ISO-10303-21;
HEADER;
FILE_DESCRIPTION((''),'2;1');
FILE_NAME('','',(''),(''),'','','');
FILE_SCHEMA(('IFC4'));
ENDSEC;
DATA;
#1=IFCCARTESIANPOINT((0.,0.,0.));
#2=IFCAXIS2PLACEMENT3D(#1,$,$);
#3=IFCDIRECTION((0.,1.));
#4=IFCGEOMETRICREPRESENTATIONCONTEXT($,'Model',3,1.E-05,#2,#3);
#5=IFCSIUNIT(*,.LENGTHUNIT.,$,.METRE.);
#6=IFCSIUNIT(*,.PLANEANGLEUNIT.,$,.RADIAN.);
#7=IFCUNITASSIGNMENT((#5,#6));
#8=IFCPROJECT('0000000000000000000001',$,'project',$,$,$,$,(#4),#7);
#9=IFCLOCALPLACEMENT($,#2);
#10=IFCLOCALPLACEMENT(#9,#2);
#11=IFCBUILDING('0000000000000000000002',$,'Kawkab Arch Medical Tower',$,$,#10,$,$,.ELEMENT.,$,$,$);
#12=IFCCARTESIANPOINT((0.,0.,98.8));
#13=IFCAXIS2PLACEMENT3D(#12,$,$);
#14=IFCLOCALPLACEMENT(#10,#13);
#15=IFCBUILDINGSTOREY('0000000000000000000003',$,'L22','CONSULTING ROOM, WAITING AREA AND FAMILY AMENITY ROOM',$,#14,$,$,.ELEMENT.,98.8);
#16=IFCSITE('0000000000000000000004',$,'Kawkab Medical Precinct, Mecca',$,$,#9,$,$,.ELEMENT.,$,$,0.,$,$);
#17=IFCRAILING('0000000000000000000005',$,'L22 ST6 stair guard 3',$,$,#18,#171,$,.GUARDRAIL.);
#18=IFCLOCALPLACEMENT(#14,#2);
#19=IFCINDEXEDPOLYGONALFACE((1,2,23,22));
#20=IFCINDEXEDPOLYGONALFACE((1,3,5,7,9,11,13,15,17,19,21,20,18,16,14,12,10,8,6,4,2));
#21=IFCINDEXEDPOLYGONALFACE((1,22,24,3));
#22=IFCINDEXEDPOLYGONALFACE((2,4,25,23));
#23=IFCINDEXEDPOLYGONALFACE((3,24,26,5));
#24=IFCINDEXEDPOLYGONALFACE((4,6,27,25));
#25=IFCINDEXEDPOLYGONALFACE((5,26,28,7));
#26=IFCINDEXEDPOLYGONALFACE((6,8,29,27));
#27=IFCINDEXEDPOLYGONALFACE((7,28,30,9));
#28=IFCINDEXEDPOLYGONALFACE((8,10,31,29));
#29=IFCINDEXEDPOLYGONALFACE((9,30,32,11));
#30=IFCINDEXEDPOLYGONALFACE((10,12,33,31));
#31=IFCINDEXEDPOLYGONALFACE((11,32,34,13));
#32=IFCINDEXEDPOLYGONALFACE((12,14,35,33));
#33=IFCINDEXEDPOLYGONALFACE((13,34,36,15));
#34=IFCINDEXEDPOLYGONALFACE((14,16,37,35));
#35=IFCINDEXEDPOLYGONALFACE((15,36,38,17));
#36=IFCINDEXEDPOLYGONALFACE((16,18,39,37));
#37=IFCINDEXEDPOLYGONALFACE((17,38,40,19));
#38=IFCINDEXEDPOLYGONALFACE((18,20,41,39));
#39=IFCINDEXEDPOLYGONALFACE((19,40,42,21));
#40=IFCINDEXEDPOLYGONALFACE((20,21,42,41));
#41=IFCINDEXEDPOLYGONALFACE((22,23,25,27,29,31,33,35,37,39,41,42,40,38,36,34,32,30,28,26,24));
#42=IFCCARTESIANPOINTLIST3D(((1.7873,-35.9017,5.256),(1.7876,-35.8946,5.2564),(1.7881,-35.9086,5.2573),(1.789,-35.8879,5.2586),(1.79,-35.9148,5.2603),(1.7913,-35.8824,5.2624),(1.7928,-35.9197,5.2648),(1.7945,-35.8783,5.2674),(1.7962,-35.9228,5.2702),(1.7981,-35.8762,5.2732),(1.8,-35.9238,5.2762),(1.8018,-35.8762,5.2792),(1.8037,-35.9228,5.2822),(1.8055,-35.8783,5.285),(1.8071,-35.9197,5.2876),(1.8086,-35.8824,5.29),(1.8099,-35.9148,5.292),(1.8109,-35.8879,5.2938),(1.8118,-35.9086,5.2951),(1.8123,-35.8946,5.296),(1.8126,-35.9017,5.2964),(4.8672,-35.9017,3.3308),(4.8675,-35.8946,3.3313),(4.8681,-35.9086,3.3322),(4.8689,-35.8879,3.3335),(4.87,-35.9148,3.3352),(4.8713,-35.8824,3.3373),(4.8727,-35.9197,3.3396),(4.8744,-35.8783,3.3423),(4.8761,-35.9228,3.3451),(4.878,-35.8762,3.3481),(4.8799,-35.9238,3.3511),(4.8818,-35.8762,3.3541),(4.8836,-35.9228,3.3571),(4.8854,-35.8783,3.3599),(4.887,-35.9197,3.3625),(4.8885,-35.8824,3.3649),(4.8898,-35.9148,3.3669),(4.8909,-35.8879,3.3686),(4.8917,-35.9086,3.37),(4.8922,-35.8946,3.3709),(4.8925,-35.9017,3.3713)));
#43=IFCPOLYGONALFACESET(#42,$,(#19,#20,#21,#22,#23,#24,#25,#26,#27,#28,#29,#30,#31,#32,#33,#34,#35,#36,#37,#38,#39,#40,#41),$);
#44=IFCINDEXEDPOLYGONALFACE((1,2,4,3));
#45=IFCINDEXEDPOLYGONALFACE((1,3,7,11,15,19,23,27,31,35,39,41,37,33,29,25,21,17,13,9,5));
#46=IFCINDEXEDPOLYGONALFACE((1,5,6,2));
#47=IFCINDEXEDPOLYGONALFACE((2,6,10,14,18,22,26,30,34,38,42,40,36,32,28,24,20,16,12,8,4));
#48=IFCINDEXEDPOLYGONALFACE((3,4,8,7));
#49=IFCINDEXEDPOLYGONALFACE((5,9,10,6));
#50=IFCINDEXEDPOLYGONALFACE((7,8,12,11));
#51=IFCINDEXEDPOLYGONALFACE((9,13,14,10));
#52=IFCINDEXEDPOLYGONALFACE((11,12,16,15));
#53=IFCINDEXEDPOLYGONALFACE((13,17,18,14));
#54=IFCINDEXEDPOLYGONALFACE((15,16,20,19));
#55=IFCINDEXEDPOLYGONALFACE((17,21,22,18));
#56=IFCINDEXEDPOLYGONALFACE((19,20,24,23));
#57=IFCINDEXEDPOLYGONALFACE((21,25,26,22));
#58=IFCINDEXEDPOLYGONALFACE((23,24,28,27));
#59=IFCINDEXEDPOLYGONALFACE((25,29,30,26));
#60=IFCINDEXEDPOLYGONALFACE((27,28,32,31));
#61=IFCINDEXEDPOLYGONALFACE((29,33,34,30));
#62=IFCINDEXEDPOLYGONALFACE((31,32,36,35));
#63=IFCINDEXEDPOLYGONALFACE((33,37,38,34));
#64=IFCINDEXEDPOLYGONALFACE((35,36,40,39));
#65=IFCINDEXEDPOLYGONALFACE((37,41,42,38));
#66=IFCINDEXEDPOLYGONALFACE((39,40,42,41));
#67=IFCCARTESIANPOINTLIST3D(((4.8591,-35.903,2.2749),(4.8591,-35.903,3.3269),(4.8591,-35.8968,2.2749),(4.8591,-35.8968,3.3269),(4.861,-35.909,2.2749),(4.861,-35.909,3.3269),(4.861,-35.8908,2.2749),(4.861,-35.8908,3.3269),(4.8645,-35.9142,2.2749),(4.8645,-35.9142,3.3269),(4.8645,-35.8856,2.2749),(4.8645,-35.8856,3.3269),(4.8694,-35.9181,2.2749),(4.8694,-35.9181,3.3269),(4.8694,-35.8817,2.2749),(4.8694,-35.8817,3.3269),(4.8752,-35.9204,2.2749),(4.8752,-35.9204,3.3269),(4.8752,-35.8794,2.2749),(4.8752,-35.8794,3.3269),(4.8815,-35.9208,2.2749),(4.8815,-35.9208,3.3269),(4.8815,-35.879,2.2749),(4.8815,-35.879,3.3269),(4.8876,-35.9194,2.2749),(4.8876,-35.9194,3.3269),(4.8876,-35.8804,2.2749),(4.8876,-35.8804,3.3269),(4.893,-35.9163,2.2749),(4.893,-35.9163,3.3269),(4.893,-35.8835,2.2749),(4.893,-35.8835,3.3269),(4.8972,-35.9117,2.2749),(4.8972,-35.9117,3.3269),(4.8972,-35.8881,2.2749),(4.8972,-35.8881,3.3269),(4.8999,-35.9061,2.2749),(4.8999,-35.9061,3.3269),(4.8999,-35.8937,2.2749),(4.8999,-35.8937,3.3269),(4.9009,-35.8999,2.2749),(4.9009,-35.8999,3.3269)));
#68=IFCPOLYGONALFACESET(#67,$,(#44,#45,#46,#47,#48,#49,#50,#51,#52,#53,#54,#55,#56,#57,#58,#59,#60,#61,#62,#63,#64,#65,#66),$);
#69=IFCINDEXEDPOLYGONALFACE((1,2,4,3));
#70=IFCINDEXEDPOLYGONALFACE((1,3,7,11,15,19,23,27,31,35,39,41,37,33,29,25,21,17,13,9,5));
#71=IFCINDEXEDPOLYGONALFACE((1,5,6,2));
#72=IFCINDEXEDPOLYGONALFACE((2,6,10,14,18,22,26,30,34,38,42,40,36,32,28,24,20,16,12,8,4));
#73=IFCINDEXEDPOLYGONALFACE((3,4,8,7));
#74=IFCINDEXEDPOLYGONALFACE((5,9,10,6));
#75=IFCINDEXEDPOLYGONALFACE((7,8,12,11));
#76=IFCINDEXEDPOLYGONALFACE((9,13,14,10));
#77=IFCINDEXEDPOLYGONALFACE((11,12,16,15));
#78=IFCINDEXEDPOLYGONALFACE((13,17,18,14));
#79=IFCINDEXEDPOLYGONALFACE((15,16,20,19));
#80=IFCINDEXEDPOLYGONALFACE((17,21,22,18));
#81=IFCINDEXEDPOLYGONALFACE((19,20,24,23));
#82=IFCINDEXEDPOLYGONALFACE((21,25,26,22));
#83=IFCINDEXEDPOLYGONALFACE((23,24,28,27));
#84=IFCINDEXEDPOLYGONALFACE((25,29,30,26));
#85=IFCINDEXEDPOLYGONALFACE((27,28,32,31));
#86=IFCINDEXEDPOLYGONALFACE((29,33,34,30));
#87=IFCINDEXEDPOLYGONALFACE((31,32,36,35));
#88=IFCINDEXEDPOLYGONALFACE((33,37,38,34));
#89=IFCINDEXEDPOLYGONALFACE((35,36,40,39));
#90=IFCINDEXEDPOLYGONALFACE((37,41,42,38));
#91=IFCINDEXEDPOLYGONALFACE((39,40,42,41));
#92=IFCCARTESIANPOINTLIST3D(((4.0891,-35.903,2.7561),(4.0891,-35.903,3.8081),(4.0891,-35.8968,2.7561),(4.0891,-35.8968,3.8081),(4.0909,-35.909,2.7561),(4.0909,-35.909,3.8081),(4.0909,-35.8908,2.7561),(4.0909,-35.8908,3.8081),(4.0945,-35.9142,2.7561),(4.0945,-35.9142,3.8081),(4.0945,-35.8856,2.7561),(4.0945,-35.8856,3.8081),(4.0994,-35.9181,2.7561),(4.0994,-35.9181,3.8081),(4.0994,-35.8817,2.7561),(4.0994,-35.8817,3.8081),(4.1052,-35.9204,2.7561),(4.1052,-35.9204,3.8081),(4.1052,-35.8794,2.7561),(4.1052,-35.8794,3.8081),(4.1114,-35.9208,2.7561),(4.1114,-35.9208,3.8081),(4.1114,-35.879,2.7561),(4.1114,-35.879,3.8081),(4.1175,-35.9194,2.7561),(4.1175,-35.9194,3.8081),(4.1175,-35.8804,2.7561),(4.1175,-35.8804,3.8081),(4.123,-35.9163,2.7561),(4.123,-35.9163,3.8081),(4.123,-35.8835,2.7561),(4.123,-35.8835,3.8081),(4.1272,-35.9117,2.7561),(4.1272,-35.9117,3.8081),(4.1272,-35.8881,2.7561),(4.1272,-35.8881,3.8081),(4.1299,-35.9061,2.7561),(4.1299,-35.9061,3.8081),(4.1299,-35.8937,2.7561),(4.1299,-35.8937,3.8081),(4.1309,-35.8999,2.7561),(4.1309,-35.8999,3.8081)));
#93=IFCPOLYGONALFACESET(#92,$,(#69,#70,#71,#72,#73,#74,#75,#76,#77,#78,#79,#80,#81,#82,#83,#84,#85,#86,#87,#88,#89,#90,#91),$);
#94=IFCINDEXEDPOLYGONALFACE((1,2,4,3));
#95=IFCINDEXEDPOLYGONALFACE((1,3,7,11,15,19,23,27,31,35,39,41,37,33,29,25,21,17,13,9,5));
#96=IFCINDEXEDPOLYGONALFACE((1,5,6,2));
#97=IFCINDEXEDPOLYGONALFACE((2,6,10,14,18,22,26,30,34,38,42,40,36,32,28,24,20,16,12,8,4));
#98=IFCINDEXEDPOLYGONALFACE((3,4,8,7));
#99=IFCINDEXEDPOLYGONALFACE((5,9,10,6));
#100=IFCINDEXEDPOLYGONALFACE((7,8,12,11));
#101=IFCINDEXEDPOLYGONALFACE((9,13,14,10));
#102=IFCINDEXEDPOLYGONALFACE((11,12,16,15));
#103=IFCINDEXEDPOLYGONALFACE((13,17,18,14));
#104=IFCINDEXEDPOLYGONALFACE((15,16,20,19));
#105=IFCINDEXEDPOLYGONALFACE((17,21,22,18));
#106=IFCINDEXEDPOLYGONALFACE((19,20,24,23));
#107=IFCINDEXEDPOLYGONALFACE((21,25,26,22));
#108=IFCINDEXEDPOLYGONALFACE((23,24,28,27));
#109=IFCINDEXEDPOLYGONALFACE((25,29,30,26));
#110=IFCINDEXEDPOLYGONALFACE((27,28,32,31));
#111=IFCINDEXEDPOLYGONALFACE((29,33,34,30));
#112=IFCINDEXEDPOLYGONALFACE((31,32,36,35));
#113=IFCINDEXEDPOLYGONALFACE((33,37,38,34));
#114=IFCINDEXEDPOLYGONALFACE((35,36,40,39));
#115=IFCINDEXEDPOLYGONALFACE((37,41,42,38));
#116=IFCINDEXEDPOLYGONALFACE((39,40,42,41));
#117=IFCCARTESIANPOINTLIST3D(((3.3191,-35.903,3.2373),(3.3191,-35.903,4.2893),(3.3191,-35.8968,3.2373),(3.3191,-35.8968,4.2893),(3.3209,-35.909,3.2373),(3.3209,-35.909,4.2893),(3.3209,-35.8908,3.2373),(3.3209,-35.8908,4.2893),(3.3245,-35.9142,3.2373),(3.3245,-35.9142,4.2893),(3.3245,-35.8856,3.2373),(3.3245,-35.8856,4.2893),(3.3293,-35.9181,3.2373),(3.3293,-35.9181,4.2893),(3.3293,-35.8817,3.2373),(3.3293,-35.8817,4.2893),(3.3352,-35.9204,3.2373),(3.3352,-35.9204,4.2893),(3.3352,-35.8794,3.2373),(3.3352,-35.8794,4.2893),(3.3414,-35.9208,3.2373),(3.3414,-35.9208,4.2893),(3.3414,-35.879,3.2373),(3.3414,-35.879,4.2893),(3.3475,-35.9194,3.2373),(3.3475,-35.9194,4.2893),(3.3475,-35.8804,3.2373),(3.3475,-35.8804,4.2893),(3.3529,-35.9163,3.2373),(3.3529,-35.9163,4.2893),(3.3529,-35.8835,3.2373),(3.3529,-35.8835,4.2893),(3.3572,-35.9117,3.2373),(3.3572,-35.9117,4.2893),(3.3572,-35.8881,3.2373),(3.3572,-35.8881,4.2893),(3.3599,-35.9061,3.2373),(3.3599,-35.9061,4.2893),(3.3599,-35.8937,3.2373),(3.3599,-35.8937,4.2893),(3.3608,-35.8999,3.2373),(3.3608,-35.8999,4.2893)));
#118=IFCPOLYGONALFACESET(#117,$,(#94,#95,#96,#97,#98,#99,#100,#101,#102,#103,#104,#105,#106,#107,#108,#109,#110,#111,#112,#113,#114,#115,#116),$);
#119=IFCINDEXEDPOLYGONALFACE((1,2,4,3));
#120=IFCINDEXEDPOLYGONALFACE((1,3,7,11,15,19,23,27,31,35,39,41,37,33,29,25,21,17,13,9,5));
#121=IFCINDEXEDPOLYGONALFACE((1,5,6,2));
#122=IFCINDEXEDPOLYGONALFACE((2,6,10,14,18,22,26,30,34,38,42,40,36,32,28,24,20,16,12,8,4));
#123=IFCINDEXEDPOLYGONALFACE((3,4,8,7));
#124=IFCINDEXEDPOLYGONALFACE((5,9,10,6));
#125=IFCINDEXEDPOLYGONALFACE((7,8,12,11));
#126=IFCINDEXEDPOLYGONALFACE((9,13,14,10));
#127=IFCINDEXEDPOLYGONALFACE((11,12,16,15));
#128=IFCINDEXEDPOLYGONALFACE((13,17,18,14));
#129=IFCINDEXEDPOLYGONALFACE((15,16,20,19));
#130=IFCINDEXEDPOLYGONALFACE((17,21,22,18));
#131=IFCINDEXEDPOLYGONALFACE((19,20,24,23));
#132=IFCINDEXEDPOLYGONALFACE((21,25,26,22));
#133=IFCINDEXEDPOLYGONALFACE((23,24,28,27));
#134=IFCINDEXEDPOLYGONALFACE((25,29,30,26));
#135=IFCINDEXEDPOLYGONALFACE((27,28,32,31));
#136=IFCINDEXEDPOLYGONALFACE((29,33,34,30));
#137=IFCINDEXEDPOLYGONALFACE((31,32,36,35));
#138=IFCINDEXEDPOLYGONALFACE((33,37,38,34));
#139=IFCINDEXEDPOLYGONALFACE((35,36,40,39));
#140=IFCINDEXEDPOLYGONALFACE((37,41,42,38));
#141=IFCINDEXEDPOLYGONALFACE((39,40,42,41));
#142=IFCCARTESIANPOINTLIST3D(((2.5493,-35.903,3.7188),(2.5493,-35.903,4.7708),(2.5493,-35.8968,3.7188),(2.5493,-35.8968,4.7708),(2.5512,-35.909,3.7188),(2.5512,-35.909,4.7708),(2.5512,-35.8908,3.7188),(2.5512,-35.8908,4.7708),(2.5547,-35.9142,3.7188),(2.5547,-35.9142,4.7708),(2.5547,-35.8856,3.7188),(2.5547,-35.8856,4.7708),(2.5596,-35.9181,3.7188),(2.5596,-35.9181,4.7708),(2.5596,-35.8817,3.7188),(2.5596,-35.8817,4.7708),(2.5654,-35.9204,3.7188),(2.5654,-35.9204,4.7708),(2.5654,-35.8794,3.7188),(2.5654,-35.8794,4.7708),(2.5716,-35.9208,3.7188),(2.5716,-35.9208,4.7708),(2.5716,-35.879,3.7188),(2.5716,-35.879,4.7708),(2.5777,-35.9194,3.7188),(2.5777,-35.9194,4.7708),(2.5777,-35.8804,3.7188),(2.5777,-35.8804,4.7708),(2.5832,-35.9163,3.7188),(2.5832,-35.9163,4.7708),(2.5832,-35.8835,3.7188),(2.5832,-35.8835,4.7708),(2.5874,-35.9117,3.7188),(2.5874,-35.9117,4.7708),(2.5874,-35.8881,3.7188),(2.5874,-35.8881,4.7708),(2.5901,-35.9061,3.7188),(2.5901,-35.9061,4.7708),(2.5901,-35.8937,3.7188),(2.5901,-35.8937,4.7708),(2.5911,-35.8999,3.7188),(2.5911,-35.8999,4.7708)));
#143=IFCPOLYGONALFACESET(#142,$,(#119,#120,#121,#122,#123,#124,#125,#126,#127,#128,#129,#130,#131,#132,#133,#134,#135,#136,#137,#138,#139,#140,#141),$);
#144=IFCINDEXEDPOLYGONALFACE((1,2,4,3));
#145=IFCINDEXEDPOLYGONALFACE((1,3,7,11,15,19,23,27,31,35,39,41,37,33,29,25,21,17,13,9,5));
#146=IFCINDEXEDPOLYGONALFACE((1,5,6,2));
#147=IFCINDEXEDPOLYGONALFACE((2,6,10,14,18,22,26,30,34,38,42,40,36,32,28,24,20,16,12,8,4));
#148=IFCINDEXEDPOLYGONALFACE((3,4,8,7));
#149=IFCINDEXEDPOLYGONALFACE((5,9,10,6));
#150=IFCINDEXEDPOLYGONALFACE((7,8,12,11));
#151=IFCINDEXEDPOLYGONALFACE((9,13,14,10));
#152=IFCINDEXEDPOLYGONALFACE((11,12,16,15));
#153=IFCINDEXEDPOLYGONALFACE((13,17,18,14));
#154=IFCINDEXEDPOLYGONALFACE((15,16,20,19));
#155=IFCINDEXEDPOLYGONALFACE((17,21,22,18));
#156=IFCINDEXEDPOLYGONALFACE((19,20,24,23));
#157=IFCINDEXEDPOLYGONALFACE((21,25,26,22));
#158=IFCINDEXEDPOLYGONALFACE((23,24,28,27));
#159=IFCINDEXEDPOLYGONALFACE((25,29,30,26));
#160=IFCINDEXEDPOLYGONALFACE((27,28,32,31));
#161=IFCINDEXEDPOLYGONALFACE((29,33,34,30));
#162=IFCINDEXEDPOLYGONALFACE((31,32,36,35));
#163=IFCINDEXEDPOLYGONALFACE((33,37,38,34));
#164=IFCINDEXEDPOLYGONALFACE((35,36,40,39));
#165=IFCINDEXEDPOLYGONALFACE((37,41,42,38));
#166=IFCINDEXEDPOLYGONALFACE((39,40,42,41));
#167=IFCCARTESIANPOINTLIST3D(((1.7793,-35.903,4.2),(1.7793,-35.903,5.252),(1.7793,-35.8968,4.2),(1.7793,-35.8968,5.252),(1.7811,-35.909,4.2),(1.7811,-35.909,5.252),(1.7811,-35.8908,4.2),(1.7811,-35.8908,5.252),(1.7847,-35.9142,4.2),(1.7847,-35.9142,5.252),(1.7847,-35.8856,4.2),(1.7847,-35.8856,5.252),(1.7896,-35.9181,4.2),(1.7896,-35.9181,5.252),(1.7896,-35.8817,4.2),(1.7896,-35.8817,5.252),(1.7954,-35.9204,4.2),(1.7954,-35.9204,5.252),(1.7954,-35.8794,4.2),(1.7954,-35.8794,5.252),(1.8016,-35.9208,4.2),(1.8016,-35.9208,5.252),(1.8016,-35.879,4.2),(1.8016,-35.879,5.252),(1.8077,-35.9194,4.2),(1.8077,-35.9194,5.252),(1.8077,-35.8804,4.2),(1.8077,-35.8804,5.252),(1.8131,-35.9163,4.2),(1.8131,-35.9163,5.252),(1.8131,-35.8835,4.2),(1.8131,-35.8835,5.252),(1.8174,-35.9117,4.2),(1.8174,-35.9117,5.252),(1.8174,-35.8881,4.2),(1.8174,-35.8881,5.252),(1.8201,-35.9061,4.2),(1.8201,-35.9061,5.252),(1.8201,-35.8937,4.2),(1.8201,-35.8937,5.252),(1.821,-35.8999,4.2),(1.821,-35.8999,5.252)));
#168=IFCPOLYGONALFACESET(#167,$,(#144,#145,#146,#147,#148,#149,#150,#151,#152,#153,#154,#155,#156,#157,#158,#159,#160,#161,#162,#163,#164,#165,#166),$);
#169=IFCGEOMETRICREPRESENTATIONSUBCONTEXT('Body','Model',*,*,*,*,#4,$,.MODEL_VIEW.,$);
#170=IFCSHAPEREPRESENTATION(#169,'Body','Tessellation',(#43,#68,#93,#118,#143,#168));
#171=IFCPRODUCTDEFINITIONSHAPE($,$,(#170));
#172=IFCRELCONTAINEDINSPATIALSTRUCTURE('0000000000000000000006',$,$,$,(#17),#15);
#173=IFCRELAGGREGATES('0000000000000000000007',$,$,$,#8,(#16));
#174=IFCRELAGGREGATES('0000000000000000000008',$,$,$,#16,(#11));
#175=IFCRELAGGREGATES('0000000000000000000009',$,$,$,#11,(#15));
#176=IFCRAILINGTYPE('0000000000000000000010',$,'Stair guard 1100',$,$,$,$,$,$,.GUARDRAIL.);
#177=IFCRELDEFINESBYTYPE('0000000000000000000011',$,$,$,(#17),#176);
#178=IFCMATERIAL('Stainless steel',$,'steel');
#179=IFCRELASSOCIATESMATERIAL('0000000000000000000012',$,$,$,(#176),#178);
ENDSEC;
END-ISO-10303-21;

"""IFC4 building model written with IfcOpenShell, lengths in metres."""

from ifc_helpers import new_model, si_unit, direction, frame, origin, origin_2d, place, context, subcontext, project, spatial, circle, extrude, material, type_object, element, save


model = new_model("IFC4")

# Units and contexts
model_context = context("Model", 3, precision=1e-05, world=origin(), true_north=direction((0.0, 1.0)))
body_context = subcontext(model_context, "Body", "Model", "MODEL_VIEW")
ifc_project = project(units=[si_unit("LENGTHUNIT", "METRE"), si_unit("PLANEANGLEUNIT", "RADIAN")], contexts=[model_context])

# Site, building, storey
site_placement = place(None, origin())
site = spatial("IfcSite", under=ifc_project, at=site_placement, Name="Kawkab Medical Precinct, Mecca", CompositionType="ELEMENT", RefElevation=0.0)
building_placement = place(site_placement, origin())
building = spatial("IfcBuilding", under=site, at=building_placement, Name="Kawkab Arch Medical Tower", CompositionType="ELEMENT")
storey_placement = place(building_placement, frame((0.0, 0.0, 98.8)))
storey = spatial("IfcBuildingStorey", under=building, at=storey_placement, Name="L22", Description="CONSULTING ROOM, WAITING AREA AND FAMILY AMENITY ROOM", CompositionType="ELEMENT", Elevation=98.8)

# Railing
ifc_material_1 = material(Name="Stainless steel", Category="steel")
railing_type = type_object("IfcRailingType", Name="Stair guard 1100", PredefinedType="GUARDRAIL", material=ifc_material_1)
railing_placement = place(storey_placement, frame((4.8799, -35.8999, 2.2749)))
element("IfcRailing", 1, at=railing_placement, inside=storey, type_object=railing_type, Name="L22 ST6 stair guard 3", PredefinedType="GUARDRAIL", context=body_context, shape_type="SweptSolid", body=[
    extrude(circle(Radius=0.0239, at=origin_2d()), frame((0.0, 0.0, 1.0762), z_axis=(-0.847979, 0.0, 0.530029), x_axis=(0.0, -1.0, 0.0)), (0.0, 0.0, 1.0), 3.6321),
    extrude(circle(Radius=0.021, at=origin_2d()), origin(), (0.0, 0.0, 1.0), 1.052),
    extrude(circle(Radius=0.021, at=origin_2d()), frame((-0.77, 0.0, 0.4812)), (0.0, 0.0, 1.0), 1.052),
    extrude(circle(Radius=0.021, at=origin_2d()), frame((-1.54, 0.0, 0.9624)), (0.0, 0.0, 1.0), 1.052),
    extrude(circle(Radius=0.021, at=origin_2d()), frame((-2.3098, 0.0, 1.4438)), (0.0, 0.0, 1.0), 1.052),
    extrude(circle(Radius=0.021, at=origin_2d()), frame((-3.0798, 0.0, 1.925)), (0.0, 0.0, 1.0), 1.052),
])

save(model, "model.ifc")
